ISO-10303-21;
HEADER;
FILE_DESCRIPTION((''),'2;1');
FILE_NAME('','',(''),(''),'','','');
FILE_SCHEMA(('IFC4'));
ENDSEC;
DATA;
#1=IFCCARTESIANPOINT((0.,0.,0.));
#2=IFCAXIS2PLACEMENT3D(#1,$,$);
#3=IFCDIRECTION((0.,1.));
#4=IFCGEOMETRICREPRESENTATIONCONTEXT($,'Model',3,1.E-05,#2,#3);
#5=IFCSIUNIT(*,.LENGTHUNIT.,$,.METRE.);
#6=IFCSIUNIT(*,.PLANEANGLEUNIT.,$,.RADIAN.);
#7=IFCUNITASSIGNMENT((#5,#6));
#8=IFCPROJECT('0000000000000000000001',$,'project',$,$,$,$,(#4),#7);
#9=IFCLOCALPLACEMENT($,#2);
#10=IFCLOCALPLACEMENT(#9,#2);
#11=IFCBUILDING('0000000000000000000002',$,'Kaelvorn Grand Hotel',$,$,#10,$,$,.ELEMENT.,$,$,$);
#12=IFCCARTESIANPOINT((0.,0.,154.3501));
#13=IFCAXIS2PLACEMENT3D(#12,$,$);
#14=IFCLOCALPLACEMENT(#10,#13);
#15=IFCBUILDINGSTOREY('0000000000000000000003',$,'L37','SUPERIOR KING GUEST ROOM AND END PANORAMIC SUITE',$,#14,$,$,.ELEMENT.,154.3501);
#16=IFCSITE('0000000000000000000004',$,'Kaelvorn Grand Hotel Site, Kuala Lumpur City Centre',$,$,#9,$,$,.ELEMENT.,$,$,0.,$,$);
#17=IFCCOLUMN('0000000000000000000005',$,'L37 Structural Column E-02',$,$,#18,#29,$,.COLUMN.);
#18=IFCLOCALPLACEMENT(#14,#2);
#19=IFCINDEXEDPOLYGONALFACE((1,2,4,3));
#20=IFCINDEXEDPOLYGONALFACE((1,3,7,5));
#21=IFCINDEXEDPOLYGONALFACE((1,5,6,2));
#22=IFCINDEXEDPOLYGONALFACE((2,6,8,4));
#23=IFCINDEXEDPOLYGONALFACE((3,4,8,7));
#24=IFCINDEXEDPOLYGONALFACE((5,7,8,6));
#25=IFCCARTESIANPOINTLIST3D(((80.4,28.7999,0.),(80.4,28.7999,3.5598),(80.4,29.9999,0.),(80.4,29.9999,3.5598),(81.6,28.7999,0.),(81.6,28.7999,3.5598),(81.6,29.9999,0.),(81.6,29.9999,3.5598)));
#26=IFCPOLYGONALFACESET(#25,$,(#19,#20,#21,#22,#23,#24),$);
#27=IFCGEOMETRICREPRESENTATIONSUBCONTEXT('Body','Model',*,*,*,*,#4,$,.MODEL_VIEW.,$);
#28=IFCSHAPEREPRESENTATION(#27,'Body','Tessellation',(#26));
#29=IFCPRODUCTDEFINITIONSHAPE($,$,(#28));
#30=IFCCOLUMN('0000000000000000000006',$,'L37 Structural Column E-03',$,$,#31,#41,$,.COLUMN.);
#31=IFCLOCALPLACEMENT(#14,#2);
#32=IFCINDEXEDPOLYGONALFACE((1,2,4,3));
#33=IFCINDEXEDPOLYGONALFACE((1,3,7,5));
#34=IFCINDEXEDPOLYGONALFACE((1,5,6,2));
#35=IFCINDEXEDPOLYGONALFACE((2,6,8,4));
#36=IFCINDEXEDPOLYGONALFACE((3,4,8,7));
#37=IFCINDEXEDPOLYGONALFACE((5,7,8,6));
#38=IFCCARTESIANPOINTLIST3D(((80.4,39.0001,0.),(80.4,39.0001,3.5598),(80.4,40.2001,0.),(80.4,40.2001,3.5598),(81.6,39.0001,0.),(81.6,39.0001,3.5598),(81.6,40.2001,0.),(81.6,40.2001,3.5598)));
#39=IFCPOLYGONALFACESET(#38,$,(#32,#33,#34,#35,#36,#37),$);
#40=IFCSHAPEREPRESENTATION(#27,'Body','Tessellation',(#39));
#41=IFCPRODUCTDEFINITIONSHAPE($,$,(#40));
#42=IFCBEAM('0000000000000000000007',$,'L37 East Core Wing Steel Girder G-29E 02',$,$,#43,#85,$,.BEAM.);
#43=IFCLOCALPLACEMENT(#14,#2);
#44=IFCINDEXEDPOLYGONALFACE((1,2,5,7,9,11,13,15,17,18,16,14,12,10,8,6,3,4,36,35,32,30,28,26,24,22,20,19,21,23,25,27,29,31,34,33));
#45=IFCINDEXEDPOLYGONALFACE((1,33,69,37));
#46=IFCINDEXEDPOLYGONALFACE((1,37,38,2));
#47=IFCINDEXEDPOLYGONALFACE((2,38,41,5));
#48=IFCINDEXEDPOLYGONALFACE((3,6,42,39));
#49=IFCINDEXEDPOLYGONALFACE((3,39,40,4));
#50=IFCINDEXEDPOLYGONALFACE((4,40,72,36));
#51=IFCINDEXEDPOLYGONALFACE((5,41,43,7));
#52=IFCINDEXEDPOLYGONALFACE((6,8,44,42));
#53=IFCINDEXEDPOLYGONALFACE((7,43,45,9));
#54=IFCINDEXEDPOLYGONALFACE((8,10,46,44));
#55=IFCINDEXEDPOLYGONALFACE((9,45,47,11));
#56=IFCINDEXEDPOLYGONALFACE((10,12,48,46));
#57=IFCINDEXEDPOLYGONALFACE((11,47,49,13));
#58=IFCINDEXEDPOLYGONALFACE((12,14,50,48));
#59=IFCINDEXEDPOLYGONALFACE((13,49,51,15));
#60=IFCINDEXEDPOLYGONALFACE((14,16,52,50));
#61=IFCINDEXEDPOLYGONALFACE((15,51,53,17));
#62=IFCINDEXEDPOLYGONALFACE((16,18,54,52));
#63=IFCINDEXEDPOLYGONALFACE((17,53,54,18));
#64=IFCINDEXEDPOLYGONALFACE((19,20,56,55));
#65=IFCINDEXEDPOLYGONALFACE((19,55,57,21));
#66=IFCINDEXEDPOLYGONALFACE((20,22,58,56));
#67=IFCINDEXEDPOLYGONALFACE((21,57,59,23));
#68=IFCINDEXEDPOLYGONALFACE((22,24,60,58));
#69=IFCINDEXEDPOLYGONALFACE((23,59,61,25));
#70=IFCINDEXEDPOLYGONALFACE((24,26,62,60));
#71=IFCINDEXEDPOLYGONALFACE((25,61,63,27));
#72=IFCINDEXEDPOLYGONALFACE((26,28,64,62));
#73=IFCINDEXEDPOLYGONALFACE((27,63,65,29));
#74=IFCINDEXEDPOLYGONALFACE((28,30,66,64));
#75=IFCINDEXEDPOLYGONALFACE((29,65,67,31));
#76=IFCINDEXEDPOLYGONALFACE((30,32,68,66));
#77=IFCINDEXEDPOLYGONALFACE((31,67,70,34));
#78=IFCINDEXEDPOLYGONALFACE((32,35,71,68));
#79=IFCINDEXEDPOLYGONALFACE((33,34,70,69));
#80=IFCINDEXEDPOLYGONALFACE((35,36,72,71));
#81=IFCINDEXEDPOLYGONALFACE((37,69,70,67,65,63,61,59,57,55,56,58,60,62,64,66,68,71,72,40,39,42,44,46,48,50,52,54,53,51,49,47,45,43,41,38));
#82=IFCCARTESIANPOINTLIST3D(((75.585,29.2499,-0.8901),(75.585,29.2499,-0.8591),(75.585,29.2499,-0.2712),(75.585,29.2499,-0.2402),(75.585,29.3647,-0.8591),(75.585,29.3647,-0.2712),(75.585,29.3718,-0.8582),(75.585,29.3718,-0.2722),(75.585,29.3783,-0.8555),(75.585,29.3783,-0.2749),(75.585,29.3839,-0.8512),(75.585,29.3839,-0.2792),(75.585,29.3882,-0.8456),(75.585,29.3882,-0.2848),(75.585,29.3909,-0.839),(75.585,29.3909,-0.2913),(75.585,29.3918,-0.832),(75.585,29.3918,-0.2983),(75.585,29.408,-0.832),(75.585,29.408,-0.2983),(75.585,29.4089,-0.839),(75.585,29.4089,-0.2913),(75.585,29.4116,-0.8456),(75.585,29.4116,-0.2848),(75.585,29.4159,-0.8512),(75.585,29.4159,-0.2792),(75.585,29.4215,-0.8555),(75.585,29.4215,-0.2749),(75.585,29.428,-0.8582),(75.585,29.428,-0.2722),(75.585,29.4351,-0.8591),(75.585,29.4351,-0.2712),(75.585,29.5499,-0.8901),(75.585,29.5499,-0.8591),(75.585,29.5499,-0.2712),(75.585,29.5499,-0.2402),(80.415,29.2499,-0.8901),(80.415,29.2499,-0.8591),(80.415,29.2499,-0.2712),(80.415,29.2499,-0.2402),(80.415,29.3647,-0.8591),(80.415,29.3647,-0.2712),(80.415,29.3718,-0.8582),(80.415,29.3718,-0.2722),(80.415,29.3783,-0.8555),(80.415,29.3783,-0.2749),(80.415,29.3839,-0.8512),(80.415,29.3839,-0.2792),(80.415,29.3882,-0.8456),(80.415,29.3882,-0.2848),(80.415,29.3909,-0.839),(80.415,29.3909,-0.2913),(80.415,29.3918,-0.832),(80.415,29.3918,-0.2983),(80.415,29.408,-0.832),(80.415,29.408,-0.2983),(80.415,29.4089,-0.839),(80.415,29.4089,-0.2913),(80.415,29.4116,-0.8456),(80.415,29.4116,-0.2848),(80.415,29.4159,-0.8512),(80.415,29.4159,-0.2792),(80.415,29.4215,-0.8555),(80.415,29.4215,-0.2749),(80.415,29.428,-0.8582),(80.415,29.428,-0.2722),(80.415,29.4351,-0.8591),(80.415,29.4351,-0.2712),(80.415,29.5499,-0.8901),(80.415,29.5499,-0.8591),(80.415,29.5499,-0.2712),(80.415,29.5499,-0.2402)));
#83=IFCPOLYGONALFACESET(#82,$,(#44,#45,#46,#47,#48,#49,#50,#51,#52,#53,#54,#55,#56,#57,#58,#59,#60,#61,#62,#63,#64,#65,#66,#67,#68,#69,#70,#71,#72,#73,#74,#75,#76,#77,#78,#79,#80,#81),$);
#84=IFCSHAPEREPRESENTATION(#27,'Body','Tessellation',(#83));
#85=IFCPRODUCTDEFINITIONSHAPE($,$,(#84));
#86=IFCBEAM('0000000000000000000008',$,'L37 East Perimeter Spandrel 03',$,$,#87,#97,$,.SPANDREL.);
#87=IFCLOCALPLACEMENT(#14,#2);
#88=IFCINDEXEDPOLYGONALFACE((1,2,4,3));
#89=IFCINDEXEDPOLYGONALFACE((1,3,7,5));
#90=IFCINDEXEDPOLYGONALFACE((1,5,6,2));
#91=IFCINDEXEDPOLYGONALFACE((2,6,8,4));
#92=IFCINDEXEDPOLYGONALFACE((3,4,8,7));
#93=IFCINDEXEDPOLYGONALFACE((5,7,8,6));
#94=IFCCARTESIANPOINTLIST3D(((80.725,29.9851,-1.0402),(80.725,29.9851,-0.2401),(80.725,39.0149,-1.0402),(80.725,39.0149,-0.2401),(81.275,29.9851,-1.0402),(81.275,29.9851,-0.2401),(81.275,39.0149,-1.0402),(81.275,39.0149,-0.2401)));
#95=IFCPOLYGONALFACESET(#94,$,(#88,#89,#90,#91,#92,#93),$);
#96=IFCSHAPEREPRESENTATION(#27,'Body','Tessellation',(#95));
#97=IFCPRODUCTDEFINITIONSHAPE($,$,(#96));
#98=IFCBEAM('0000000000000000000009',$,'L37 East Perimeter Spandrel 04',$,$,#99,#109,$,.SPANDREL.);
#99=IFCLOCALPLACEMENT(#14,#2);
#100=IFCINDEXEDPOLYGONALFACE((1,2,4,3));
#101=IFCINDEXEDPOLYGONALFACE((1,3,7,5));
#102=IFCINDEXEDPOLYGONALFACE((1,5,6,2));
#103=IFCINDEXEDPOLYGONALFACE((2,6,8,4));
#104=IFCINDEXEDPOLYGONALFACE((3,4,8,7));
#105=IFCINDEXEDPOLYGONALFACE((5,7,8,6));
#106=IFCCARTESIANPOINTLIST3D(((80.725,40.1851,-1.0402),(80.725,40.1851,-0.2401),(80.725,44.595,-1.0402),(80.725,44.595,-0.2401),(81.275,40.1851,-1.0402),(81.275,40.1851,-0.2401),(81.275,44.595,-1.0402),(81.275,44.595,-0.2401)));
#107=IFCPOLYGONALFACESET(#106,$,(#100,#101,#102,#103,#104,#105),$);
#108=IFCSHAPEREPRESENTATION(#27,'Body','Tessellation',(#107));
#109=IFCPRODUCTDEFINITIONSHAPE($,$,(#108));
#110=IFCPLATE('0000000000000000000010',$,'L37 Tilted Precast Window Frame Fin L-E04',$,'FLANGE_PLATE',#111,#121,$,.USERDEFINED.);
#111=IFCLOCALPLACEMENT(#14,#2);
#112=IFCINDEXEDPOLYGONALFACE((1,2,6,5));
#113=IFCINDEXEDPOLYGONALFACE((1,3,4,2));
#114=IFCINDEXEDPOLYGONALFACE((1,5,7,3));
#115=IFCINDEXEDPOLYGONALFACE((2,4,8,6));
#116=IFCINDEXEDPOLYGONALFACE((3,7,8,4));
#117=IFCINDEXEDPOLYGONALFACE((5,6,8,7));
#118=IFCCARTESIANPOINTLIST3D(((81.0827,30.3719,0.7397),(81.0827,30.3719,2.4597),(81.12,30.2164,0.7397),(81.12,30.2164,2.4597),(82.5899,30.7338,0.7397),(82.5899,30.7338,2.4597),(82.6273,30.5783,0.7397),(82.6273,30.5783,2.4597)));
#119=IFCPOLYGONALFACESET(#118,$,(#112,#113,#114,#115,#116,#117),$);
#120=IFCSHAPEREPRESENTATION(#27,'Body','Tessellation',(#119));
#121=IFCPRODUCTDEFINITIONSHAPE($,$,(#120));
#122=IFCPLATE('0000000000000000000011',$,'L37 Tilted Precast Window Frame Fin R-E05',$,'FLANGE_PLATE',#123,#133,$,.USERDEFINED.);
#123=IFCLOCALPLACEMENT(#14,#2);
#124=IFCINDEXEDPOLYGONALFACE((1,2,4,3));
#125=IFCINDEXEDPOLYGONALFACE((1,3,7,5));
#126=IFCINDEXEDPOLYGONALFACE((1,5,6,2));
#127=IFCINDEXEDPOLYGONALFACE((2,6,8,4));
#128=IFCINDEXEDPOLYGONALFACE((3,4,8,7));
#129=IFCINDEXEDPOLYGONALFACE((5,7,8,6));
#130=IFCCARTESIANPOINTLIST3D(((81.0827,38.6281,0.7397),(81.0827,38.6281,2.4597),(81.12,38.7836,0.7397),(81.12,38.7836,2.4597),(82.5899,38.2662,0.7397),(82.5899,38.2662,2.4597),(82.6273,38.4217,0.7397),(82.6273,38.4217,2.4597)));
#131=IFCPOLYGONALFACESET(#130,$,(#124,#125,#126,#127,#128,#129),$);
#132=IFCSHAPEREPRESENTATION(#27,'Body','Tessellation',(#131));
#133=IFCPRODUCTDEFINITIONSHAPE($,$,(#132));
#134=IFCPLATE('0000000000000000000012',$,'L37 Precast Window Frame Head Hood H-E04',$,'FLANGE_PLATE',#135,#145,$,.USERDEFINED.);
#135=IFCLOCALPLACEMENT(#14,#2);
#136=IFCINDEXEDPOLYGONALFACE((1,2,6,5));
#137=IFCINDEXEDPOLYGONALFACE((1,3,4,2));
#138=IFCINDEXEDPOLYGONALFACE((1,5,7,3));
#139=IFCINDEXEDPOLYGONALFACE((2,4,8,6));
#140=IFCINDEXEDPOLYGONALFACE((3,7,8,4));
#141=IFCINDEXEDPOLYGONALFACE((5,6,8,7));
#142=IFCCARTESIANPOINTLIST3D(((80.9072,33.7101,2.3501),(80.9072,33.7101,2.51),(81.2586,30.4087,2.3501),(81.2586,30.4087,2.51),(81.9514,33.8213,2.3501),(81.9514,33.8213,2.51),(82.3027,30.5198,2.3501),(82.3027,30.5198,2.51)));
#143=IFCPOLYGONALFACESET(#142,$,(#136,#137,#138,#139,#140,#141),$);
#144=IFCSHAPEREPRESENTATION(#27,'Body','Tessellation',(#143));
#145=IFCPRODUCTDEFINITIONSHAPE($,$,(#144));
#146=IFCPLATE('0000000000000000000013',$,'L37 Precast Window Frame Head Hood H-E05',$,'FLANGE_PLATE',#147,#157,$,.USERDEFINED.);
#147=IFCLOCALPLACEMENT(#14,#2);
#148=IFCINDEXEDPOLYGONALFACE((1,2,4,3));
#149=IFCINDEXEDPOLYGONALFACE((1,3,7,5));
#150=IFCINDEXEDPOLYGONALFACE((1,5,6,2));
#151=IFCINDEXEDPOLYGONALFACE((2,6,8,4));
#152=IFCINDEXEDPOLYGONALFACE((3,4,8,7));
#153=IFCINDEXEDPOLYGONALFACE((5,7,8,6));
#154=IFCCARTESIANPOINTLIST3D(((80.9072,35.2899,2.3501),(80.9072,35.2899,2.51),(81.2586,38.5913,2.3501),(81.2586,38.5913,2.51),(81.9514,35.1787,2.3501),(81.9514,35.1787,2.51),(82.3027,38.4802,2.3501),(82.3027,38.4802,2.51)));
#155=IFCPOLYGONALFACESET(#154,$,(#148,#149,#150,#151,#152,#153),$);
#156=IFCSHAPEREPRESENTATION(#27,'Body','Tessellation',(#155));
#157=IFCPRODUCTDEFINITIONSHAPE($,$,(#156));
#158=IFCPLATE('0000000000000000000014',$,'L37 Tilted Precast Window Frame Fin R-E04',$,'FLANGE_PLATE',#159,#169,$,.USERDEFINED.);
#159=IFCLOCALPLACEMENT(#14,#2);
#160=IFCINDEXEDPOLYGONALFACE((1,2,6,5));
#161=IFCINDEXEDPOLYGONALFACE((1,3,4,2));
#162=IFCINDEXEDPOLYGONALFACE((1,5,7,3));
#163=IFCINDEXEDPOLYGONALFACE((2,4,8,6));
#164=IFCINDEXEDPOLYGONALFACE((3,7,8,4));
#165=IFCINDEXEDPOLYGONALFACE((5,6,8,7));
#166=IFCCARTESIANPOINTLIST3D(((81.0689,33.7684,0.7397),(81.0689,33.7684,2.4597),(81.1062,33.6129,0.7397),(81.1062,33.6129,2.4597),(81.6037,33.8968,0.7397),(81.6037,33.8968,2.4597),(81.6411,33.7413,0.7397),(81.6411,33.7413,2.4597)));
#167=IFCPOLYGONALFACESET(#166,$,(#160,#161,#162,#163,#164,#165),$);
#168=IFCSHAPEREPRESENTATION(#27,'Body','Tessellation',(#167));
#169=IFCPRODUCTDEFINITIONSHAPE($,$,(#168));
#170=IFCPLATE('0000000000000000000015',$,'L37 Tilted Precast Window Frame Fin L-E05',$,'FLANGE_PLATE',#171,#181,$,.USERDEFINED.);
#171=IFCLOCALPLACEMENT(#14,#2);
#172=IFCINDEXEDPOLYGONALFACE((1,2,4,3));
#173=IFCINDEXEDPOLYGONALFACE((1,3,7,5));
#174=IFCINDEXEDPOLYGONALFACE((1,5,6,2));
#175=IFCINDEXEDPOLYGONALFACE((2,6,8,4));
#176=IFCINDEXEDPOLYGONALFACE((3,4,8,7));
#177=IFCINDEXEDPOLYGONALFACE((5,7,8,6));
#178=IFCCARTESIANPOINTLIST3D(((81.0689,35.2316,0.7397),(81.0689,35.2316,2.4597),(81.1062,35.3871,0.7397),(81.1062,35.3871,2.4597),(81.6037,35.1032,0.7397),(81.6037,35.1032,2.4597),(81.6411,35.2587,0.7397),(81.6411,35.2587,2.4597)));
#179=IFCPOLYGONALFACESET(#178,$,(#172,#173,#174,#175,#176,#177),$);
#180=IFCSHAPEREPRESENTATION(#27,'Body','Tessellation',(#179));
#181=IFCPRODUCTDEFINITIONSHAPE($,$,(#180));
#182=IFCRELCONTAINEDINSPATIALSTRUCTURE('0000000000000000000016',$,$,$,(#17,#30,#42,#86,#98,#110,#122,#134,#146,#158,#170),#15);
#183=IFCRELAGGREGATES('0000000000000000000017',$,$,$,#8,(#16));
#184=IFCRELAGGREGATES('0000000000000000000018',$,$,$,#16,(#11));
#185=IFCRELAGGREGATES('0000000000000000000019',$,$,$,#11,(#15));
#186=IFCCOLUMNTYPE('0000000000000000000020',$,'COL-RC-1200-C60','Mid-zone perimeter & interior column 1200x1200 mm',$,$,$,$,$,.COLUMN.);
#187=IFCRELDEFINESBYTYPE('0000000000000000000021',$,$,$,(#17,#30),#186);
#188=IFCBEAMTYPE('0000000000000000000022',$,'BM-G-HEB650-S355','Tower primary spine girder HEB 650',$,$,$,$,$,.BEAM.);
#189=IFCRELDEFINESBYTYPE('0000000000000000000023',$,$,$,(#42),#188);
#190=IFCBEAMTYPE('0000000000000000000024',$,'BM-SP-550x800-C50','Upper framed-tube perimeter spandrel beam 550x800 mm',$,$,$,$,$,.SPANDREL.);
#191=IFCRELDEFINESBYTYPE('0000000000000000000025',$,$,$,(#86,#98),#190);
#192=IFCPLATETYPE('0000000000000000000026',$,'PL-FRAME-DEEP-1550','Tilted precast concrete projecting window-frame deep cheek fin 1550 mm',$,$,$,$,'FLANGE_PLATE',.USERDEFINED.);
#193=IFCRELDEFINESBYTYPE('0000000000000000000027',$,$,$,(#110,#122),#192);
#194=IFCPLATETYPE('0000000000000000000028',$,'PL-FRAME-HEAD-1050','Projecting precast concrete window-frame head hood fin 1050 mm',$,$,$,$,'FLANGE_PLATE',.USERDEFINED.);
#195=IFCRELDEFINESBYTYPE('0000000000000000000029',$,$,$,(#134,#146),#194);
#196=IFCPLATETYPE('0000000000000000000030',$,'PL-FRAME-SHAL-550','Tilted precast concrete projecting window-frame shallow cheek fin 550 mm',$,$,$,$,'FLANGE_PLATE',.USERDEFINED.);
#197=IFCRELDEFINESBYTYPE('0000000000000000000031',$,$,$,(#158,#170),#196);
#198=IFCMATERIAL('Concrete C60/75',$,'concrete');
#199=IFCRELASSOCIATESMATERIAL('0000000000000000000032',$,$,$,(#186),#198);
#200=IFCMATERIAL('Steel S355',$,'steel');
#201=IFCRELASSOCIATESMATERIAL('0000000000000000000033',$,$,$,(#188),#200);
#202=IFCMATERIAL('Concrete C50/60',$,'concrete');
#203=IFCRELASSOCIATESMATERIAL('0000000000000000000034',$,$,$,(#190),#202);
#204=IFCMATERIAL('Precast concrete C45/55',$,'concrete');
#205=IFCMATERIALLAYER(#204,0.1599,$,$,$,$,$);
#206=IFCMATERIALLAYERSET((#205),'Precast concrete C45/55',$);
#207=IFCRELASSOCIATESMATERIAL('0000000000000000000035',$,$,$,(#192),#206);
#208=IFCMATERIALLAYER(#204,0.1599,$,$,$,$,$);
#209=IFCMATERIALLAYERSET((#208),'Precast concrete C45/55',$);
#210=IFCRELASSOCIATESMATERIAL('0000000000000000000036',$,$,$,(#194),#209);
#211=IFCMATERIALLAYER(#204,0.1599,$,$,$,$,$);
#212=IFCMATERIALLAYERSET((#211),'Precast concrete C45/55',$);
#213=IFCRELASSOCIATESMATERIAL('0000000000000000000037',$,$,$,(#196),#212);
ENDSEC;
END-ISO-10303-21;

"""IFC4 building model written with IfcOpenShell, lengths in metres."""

from ifc_helpers import new_model, si_unit, direction, frame, origin, origin_2d, place, context, subcontext, project, spatial, rectangle, i_section, extrude, material, layer, layer_set, material_profile, profile_set, type_object, element, save


model = new_model("IFC4")

# Units and contexts
model_context = context("Model", 3, precision=1e-05, world=origin(), true_north=direction((0.0, 1.0)))
body_context = subcontext(model_context, "Body", "Model", "MODEL_VIEW")
ifc_project = project(units=[si_unit("LENGTHUNIT", "METRE"), si_unit("PLANEANGLEUNIT", "RADIAN")], contexts=[model_context])

# Site, building, storey
site_placement = place(None, origin())
site = spatial("IfcSite", under=ifc_project, at=site_placement, Name="Kaelvorn Grand Hotel Site, Kuala Lumpur City Centre", CompositionType="ELEMENT", RefElevation=0.0)
building_placement = place(site_placement, origin())
building = spatial("IfcBuilding", under=site, at=building_placement, Name="Kaelvorn Grand Hotel", CompositionType="ELEMENT")
storey_placement = place(building_placement, frame((0.0, 0.0, 154.3501)))
storey = spatial("IfcBuildingStorey", under=building, at=storey_placement, Name="L37", Description="SUPERIOR KING GUEST ROOM AND END PANORAMIC SUITE", CompositionType="ELEMENT", Elevation=154.3501)

# Columns
ifc_material_1 = material(Name="Concrete C60/75", Category="concrete")
ifc_material_profile_1 = material_profile(ifc_material_1, rectangle(XDim=1.2, YDim=1.2, at=origin_2d()), Name="RC COL 1200x1200")
ifc_profile_set_1 = profile_set([ifc_material_profile_1], Name="Concrete C60/75")
column_type = type_object("IfcColumnType", Name="COL-RC-1200-C60", Description="Mid-zone perimeter & interior column 1200x1200 mm", PredefinedType="COLUMN", material=ifc_profile_set_1)
for number, where, z_axis, x_axis, name in (
    (1, (81.0, 29.3999, 0.0), (0.0, 0.0, 1.0), (1.0, 0.0, 0.0), "L37 Structural Column E-02"),
    (2, (81.0, 39.6001, 0.0), (0.0, 0.0, 1.0), (1.0, 0.0, 0.0), "L37 Structural Column E-03"),
):
    element("IfcColumn", number, at=place(storey_placement, frame(where, z_axis=z_axis, x_axis=x_axis)), inside=storey, type_object=column_type, Name=name, PredefinedType="COLUMN", context=body_context, shape_type="SweptSolid", body=[
        extrude(rectangle(XDim=1.2, YDim=1.2, at=origin_2d()), origin(), (0.0, 0.0, 1.0), 3.5598),
    ])

# Beams
ifc_material_2 = material(Name="Steel S355", Category="steel")
ifc_material_profile_2 = material_profile(ifc_material_2, i_section(OverallWidth=0.3, OverallDepth=0.6499, WebThickness=0.0161, FlangeThickness=0.031, FilletRadius=0.0271, at=origin_2d()), Name="HEB 650")
ifc_profile_set_2 = profile_set([ifc_material_profile_2], Name="Steel S355")
beam_type_1 = type_object("IfcBeamType", Name="BM-G-HEB650-S355", Description="Tower primary spine girder HEB 650", PredefinedType="BEAM", material=ifc_profile_set_2)
beam_1_placement = place(storey_placement, frame((75.585, 29.3999, -0.5652), z_axis=(1.0, 0.0, 0.0), x_axis=(0.0, 1.0, 0.0)))
element("IfcBeam", 3, at=beam_1_placement, inside=storey, type_object=beam_type_1, Name="L37 East Core Wing Steel Girder G-29E 02", PredefinedType="BEAM", context=body_context, shape_type="SweptSolid", body=[
    extrude(i_section(OverallWidth=0.3, OverallDepth=0.6499, WebThickness=0.0161, FlangeThickness=0.031, FilletRadius=0.0271, at=origin_2d()), origin(), (0.0, 0.0, 1.0), 4.8301),
])
ifc_material_3 = material(Name="Concrete C50/60", Category="concrete")
ifc_material_profile_3 = material_profile(ifc_material_3, rectangle(XDim=0.55, YDim=0.8, at=origin_2d()), Name="RC SPANDREL 550x800")
ifc_profile_set_3 = profile_set([ifc_material_profile_3], Name="Concrete C50/60")
beam_type_2 = type_object("IfcBeamType", Name="BM-SP-550x800-C50", Description="Upper framed-tube perimeter spandrel beam 550x800 mm", PredefinedType="SPANDREL", material=ifc_profile_set_3)
beam_2_placement = place(storey_placement, frame((81.0, 29.9851, -0.6401), z_axis=(0.0, 1.0, 0.0), x_axis=(-1.0, 0.0, 0.0)))
element("IfcBeam", 4, at=beam_2_placement, inside=storey, type_object=beam_type_2, Name="L37 East Perimeter Spandrel 03", PredefinedType="SPANDREL", context=body_context, shape_type="SweptSolid", body=[
    extrude(rectangle(XDim=0.55, YDim=0.8, at=origin_2d()), origin(), (0.0, 0.0, 1.0), 9.0298),
])
beam_3_placement = place(storey_placement, frame((81.0, 40.1851, -0.6401), z_axis=(0.0, 1.0, 0.0), x_axis=(-1.0, 0.0, 0.0)))
element("IfcBeam", 5, at=beam_3_placement, inside=storey, type_object=beam_type_2, Name="L37 East Perimeter Spandrel 04", PredefinedType="SPANDREL", context=body_context, shape_type="SweptSolid", body=[
    extrude(rectangle(XDim=0.55, YDim=0.8, at=origin_2d()), origin(), (0.0, 0.0, 1.0), 4.4099),
])

# Plates
ifc_material_4 = material(Name="Precast concrete C45/55", Category="concrete")
ifc_layer_1 = layer(ifc_material_4, 0.1599)
ifc_layer_set_1 = layer_set([ifc_layer_1], Name="Precast concrete C45/55")
plate_type_1 = type_object("IfcPlateType", Name="PL-FRAME-DEEP-1550", Description="Tilted precast concrete projecting window-frame deep cheek fin 1550 mm", ElementType="FLANGE_PLATE", PredefinedType="USERDEFINED", material=ifc_layer_set_1)
for number, where, z_axis, x_axis, name in (
    (6, (81.855, 30.4751, 0.7397), (0.0, 0.0, 1.0), (-0.233445, 0.97237, 0.0), "L37 Tilted Precast Window Frame Fin L-E04"),
    (7, (81.855, 38.5249, 0.7397), (0.0, 0.0, 1.0), (0.233445, 0.97237, 0.0), "L37 Tilted Precast Window Frame Fin R-E05"),
):
    element("IfcPlate", number, at=place(storey_placement, frame(where, z_axis=z_axis, x_axis=x_axis)), inside=storey, type_object=plate_type_1, Name=name, ObjectType="FLANGE_PLATE", PredefinedType="USERDEFINED", context=body_context, shape_type="SweptSolid", body=[
        extrude(rectangle(XDim=0.1599, YDim=1.55, at=origin_2d()), origin(), (0.0, 0.0, 1.0), 1.72),
    ])
ifc_layer_2 = layer(ifc_material_4, 0.1599)
ifc_layer_set_2 = layer_set([ifc_layer_2], Name="Precast concrete C45/55")
plate_type_2 = type_object("IfcPlateType", Name="PL-FRAME-HEAD-1050", Description="Projecting precast concrete window-frame head hood fin 1050 mm", ElementType="FLANGE_PLATE", PredefinedType="USERDEFINED", material=ifc_layer_set_2)
for number, where, z_axis, x_axis, name in (
    (8, (81.605, 32.115, 2.3501), (0.0, 0.0, 1.0), (-0.10583, 0.994384, 0.0), "L37 Precast Window Frame Head Hood H-E04"),
    (9, (81.605, 36.885, 2.3501), (0.0, 0.0, 1.0), (0.10583, 0.994384, 0.0), "L37 Precast Window Frame Head Hood H-E05"),
):
    element("IfcPlate", number, at=place(storey_placement, frame(where, z_axis=z_axis, x_axis=x_axis)), inside=storey, type_object=plate_type_2, Name=name, ObjectType="FLANGE_PLATE", PredefinedType="USERDEFINED", context=body_context, shape_type="SweptSolid", body=[
        extrude(rectangle(XDim=3.3201, YDim=1.05, at=origin_2d()), origin(), (0.0, 0.0, 1.0), 0.1599),
    ])
ifc_layer_3 = layer(ifc_material_4, 0.1599)
ifc_layer_set_3 = layer_set([ifc_layer_3], Name="Precast concrete C45/55")
plate_type_3 = type_object("IfcPlateType", Name="PL-FRAME-SHAL-550", Description="Tilted precast concrete projecting window-frame shallow cheek fin 550 mm", ElementType="FLANGE_PLATE", PredefinedType="USERDEFINED", material=ifc_layer_set_3)
for number, where, z_axis, x_axis, name in (
    (10, (81.355, 33.7549, 0.7397), (0.0, 0.0, 1.0), (-0.233445, 0.97237, 0.0), "L37 Tilted Precast Window Frame Fin R-E04"),
    (11, (81.355, 35.2451, 0.7397), (0.0, 0.0, 1.0), (0.233445, 0.97237, 0.0), "L37 Tilted Precast Window Frame Fin L-E05"),
):
    element("IfcPlate", number, at=place(storey_placement, frame(where, z_axis=z_axis, x_axis=x_axis)), inside=storey, type_object=plate_type_3, Name=name, ObjectType="FLANGE_PLATE", PredefinedType="USERDEFINED", context=body_context, shape_type="SweptSolid", body=[
        extrude(rectangle(XDim=0.1599, YDim=0.55, at=origin_2d()), origin(), (0.0, 0.0, 1.0), 1.72),
    ])

save(model, "model.ifc")
